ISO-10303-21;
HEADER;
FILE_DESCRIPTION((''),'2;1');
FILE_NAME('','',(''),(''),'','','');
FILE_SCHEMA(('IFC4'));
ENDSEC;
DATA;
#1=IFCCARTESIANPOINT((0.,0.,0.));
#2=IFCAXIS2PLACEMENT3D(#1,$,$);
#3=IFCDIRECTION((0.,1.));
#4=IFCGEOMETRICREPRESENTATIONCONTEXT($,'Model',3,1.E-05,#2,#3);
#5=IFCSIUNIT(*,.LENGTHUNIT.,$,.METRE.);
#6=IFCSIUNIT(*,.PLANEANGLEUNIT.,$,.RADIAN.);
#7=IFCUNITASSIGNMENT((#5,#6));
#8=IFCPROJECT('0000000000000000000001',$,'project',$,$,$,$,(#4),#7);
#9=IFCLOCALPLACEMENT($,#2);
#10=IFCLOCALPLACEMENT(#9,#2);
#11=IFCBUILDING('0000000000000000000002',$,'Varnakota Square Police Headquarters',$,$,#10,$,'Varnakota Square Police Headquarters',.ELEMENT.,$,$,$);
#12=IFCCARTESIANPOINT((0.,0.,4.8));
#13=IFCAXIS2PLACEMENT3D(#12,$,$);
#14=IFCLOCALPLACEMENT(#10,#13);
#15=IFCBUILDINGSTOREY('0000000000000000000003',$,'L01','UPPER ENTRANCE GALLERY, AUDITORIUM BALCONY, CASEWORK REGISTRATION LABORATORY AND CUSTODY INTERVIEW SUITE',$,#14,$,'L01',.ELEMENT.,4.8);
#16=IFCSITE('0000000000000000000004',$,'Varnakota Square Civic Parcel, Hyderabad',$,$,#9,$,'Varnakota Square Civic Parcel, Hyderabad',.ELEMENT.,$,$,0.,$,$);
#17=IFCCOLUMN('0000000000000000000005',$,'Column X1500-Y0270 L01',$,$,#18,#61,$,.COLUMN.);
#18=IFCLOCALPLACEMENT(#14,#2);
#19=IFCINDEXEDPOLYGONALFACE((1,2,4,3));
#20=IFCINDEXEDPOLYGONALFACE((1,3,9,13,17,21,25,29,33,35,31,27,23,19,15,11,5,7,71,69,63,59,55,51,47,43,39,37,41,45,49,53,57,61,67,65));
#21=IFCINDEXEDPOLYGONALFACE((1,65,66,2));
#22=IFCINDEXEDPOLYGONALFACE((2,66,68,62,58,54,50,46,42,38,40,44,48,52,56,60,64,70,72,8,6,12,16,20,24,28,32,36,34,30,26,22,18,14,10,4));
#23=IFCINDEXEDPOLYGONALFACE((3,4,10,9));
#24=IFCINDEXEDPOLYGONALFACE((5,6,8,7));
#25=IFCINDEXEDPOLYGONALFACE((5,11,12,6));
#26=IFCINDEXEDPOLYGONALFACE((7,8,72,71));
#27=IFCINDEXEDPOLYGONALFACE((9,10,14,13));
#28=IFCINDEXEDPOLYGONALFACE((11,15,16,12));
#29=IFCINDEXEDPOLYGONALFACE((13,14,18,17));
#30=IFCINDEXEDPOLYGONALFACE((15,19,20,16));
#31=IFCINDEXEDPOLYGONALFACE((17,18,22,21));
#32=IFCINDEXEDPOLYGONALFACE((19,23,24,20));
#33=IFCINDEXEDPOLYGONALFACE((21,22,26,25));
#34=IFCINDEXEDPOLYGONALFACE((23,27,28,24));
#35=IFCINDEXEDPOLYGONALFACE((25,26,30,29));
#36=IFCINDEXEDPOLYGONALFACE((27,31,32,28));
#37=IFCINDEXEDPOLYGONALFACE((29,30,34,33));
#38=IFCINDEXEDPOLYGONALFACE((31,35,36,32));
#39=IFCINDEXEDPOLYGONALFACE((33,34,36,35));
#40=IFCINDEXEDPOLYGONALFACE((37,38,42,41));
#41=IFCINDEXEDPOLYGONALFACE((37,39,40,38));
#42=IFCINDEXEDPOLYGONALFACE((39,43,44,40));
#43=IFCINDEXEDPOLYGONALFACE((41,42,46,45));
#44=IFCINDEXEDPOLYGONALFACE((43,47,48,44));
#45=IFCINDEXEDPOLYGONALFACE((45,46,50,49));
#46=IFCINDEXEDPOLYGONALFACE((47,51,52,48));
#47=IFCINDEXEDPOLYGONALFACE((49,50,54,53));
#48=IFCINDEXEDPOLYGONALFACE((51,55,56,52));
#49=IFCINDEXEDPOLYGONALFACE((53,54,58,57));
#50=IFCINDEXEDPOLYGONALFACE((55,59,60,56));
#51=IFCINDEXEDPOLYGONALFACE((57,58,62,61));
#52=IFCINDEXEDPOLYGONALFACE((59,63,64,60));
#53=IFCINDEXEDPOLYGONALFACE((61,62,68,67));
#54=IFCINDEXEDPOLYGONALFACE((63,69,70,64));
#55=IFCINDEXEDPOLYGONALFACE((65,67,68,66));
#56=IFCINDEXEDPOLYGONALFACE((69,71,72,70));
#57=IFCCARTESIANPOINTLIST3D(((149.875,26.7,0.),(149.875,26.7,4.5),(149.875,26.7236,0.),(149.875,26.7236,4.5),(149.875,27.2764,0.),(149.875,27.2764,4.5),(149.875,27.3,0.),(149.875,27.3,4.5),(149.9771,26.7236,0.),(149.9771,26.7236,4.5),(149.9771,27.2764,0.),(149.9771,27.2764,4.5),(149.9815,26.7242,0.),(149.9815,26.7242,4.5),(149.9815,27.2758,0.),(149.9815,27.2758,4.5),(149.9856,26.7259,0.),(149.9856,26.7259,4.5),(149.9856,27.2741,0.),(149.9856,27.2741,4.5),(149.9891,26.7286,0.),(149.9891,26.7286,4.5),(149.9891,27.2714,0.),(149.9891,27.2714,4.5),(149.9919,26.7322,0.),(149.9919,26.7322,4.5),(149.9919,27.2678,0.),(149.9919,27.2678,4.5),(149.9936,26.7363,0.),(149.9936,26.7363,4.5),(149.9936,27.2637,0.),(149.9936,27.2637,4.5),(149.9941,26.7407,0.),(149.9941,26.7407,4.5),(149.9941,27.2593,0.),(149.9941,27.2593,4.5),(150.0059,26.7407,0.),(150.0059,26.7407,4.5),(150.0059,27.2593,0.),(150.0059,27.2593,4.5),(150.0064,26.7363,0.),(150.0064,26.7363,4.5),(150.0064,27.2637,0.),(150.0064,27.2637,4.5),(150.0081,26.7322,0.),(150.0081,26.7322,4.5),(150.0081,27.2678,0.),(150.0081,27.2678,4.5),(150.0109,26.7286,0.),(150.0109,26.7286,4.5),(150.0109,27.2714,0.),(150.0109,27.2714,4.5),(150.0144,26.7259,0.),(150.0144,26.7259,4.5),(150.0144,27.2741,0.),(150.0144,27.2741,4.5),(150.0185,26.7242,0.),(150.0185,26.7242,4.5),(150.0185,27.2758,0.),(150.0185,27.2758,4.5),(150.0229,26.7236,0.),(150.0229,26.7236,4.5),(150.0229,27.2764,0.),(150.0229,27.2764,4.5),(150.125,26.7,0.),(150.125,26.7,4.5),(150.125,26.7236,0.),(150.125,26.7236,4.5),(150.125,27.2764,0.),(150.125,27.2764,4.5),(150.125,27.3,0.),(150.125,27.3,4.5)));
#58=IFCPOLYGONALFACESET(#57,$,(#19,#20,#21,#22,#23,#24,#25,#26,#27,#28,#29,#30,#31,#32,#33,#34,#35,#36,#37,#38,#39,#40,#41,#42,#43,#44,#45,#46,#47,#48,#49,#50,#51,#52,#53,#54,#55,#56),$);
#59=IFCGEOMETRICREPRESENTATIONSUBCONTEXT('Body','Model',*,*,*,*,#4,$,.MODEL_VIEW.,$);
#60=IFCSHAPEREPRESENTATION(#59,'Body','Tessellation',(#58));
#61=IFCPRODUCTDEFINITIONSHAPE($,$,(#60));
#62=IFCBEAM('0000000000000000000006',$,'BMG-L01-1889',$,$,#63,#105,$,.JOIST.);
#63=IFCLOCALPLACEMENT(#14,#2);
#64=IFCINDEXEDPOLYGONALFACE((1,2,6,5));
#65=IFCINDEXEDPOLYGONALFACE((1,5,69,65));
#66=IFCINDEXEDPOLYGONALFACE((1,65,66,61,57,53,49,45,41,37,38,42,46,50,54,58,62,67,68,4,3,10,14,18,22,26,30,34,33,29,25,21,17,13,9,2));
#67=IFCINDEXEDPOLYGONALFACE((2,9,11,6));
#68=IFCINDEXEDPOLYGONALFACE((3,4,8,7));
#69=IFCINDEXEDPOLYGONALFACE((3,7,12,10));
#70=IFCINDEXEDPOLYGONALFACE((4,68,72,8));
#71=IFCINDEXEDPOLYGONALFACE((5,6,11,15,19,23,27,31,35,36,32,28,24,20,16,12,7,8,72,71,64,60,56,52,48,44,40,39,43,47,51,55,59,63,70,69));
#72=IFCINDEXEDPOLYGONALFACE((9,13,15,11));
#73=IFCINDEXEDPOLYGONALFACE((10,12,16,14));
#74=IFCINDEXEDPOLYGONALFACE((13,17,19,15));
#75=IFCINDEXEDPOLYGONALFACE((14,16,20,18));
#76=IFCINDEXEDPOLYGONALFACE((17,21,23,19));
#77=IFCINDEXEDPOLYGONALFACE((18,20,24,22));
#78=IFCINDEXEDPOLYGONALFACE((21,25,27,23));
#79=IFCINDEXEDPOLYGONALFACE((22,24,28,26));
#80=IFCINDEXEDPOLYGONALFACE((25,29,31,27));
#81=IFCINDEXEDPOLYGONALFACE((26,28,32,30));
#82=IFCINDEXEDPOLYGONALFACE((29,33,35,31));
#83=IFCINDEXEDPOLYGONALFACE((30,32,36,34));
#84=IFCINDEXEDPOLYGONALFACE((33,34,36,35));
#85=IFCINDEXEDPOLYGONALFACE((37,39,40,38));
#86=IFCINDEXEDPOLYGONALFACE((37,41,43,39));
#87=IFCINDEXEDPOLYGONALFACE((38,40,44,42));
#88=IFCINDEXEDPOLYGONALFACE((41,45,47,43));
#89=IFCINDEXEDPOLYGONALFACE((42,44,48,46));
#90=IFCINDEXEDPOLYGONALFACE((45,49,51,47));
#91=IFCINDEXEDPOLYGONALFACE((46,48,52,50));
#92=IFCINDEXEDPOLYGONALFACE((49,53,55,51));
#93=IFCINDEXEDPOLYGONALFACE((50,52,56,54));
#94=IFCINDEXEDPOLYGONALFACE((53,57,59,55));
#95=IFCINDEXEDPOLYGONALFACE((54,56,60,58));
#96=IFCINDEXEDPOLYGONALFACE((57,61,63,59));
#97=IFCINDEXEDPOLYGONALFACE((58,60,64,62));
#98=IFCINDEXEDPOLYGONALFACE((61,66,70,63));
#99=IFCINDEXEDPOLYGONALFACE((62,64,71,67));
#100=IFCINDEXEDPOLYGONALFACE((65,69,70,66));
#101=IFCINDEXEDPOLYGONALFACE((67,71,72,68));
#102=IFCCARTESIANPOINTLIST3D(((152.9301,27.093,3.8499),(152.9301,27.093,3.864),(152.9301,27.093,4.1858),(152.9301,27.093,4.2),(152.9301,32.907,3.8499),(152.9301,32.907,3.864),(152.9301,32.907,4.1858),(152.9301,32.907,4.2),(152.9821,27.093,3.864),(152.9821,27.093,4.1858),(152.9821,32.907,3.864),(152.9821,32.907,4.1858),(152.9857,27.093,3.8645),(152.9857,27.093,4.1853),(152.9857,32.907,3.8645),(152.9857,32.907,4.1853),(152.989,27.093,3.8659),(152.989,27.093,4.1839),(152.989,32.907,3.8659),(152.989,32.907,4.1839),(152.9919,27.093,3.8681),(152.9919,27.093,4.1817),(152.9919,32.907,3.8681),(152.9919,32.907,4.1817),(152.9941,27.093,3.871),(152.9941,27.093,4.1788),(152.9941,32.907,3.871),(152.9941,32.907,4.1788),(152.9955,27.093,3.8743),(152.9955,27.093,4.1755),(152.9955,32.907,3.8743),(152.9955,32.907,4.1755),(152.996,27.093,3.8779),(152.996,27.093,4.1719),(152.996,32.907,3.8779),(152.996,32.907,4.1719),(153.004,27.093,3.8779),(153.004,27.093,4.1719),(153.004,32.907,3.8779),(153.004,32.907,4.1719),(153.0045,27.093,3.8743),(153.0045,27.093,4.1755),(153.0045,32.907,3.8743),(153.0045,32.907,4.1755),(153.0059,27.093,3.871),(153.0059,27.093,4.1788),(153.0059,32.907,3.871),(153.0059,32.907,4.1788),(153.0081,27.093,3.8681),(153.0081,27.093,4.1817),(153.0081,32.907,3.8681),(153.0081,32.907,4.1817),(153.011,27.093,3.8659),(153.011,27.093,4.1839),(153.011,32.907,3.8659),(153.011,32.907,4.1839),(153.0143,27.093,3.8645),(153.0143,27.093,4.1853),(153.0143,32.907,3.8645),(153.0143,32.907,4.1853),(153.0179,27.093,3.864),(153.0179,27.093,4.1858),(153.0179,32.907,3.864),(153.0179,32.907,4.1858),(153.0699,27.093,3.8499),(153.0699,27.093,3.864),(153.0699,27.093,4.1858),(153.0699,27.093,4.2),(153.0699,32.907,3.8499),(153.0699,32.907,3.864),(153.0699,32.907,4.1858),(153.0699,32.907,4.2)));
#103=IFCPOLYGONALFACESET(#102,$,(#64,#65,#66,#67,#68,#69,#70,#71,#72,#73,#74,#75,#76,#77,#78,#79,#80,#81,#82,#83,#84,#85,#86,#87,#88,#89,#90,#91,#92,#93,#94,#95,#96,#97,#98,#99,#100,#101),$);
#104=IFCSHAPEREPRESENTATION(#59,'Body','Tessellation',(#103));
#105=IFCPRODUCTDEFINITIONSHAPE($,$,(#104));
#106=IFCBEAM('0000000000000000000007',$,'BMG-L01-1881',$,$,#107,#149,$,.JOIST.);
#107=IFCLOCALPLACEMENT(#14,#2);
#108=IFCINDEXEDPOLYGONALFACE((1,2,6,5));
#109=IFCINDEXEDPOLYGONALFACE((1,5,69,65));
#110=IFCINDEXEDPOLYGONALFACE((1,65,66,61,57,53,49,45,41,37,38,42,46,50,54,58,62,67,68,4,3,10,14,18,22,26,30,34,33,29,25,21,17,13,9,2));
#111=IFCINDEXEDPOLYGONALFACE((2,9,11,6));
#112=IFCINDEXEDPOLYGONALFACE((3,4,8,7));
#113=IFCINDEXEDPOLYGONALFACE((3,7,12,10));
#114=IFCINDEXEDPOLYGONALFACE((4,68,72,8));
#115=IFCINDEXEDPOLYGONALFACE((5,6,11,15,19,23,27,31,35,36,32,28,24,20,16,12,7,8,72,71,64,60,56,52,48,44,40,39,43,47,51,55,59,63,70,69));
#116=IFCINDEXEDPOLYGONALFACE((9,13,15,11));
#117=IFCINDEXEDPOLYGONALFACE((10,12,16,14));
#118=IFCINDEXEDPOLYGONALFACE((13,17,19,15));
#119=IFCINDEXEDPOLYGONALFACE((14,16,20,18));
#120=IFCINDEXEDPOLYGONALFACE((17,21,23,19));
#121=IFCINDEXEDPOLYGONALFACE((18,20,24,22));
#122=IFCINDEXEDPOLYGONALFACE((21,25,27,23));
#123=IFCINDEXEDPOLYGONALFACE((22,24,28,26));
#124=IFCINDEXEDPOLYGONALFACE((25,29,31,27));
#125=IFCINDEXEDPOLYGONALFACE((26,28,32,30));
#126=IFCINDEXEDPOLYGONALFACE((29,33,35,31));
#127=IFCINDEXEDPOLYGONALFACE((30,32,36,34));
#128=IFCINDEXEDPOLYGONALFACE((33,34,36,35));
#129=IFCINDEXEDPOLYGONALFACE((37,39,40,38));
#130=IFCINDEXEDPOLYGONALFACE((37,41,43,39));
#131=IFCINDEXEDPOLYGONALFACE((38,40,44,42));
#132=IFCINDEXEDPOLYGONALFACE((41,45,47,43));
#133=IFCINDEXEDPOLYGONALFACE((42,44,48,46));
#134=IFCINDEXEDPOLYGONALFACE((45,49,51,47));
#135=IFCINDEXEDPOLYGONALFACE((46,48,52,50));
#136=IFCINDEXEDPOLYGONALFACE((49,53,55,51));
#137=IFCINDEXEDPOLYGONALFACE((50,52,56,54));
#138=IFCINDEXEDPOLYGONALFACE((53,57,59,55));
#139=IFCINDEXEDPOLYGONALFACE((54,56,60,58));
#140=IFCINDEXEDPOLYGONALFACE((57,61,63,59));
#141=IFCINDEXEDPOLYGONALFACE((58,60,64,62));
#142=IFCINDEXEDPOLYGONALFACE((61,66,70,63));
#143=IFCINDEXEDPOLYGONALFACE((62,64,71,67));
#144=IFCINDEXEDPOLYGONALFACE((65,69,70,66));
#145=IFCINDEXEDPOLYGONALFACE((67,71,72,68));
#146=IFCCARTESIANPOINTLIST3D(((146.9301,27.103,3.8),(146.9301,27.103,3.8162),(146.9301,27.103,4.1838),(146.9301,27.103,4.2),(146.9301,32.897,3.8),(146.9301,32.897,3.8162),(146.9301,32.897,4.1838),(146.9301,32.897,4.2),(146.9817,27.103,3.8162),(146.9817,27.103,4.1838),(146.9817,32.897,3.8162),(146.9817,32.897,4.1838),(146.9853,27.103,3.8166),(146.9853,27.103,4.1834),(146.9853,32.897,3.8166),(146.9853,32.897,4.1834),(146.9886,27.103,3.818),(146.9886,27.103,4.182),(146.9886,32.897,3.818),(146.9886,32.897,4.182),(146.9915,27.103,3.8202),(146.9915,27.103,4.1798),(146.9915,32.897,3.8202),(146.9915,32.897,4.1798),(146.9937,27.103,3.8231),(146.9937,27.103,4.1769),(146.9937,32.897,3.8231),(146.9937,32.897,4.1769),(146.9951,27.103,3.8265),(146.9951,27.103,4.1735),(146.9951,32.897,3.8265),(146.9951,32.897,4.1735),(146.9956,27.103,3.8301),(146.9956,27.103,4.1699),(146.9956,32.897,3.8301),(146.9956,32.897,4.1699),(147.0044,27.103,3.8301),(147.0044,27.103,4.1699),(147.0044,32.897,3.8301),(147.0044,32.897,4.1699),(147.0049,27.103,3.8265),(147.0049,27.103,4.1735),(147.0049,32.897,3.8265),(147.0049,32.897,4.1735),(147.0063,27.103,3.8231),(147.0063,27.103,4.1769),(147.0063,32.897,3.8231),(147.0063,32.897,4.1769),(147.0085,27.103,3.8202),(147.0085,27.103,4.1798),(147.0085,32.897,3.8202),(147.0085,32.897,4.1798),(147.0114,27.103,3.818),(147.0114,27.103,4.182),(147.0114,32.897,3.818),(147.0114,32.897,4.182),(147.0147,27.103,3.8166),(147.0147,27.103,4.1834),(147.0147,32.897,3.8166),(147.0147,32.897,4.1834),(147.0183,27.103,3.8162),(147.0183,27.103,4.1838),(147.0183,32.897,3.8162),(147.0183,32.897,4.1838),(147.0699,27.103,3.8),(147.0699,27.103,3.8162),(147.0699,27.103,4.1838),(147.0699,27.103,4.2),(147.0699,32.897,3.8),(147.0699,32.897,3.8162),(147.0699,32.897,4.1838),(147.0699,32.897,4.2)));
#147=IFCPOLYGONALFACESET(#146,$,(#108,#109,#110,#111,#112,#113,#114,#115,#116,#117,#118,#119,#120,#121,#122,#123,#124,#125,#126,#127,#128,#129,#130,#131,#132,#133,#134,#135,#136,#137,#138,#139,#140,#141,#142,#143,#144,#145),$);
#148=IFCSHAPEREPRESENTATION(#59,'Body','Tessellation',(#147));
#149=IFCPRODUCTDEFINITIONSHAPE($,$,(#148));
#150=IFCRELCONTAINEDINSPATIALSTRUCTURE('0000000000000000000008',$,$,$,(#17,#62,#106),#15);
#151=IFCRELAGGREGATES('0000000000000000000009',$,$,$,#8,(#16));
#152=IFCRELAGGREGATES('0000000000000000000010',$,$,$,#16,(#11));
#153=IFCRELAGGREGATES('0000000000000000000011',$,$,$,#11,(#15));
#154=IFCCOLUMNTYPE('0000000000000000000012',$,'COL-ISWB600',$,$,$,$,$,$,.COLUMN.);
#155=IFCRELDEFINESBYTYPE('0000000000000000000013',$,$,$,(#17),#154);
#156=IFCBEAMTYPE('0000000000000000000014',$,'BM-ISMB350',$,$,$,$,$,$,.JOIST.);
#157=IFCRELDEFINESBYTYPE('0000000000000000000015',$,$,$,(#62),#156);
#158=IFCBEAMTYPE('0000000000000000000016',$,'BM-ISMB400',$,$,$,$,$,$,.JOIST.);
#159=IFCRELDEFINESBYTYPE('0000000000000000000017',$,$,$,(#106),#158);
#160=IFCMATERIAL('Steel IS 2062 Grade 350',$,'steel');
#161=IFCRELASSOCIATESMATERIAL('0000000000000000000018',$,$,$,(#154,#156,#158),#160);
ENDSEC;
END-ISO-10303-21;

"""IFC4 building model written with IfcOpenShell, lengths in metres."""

from ifc_helpers import new_model, si_unit, direction, frame, origin, origin_2d, place, context, subcontext, project, spatial, i_section, extrude, material, material_profile, profile_set, type_object, element, save


model = new_model("IFC4")

# Units and contexts
model_context = context("Model", 3, precision=1e-05, world=origin(), true_north=direction((0.0, 1.0)))
body_context = subcontext(model_context, "Body", "Model", "MODEL_VIEW")
ifc_project = project(units=[si_unit("LENGTHUNIT", "METRE"), si_unit("PLANEANGLEUNIT", "RADIAN")], contexts=[model_context])

# Site, building, storey
site_placement = place(None, origin())
site = spatial("IfcSite", under=ifc_project, at=site_placement, Name="Varnakota Square Civic Parcel, Hyderabad", LongName="Varnakota Square Civic Parcel, Hyderabad", CompositionType="ELEMENT", RefElevation=0.0)
building_placement = place(site_placement, origin())
building = spatial("IfcBuilding", under=site, at=building_placement, Name="Varnakota Square Police Headquarters", LongName="Varnakota Square Police Headquarters", CompositionType="ELEMENT")
storey_placement = place(building_placement, frame((0.0, 0.0, 4.8)))
storey = spatial("IfcBuildingStorey", under=building, at=storey_placement, Name="L01", Description="UPPER ENTRANCE GALLERY, AUDITORIUM BALCONY, CASEWORK REGISTRATION LABORATORY AND CUSTODY INTERVIEW SUITE", LongName="L01", CompositionType="ELEMENT", Elevation=4.8)

# Column
ifc_material_1 = material(Name="Steel IS 2062 Grade 350", Category="steel")
ifc_material_profile_1 = material_profile(ifc_material_1, i_section(OverallWidth=0.25, OverallDepth=0.6001, WebThickness=0.0117, FlangeThickness=0.0237, FilletRadius=0.0171, at=origin_2d()), Name="ISWB 600")
ifc_profile_set_1 = profile_set([ifc_material_profile_1], Name="Steel IS 2062 Grade 350")
column_type_1 = type_object("IfcColumnType", Name="COL-ISWB600", PredefinedType="COLUMN", material=ifc_profile_set_1)
for number, where, z_axis, x_axis, name in (
    (1, (150.0, 27.0, 0.0), (0.0, 0.0, 1.0), (1.0, 0.0, 0.0), "Column X1500-Y0270 L01"),
):
    element("IfcColumn", number, at=place(storey_placement, frame(where, z_axis=z_axis, x_axis=x_axis)), inside=storey, type_object=column_type_1, Name=name, PredefinedType="COLUMN", context=body_context, shape_type="SweptSolid", body=[
        extrude(i_section(OverallWidth=0.25, OverallDepth=0.6001, WebThickness=0.0117, FlangeThickness=0.0237, FilletRadius=0.0171, at=origin_2d()), origin(), (0.0, 0.0, 1.0), 4.5),
    ])

# Beams
ifc_material_profile_2 = material_profile(ifc_material_1, i_section(OverallWidth=0.1399, OverallDepth=0.3501, WebThickness=0.0081, FlangeThickness=0.0142, FilletRadius=0.0139, at=origin_2d()), Name="ISMB 350")
ifc_profile_set_2 = profile_set([ifc_material_profile_2], Name="Steel IS 2062 Grade 350")
beam_type_1 = type_object("IfcBeamType", Name="BM-ISMB350", PredefinedType="JOIST", material=ifc_profile_set_2)
beam_1_placement = place(storey_placement, frame((153.0, 27.093, 4.0249), z_axis=(0.0, 1.0, 0.0), x_axis=(-1.0, 0.0, 0.0)))
element("IfcBeam", 2, at=beam_1_placement, inside=storey, type_object=beam_type_1, Name="BMG-L01-1889", PredefinedType="JOIST", context=body_context, shape_type="SweptSolid", body=[
    extrude(i_section(OverallWidth=0.1399, OverallDepth=0.3501, WebThickness=0.0081, FlangeThickness=0.0142, FilletRadius=0.0139, at=origin_2d()), origin(), (0.0, 0.0, 1.0), 5.814),
])
ifc_material_profile_3 = material_profile(ifc_material_1, i_section(OverallWidth=0.1399, OverallDepth=0.3999, WebThickness=0.0088, FlangeThickness=0.0161, FilletRadius=0.0139, at=origin_2d()), Name="ISMB 400")
ifc_profile_set_3 = profile_set([ifc_material_profile_3], Name="Steel IS 2062 Grade 350")
beam_type_2 = type_object("IfcBeamType", Name="BM-ISMB400", PredefinedType="JOIST", material=ifc_profile_set_3)
beam_2_placement = place(storey_placement, frame((147.0, 27.103, 4.0), z_axis=(0.0, 1.0, 0.0), x_axis=(-1.0, 0.0, 0.0)))
element("IfcBeam", 3, at=beam_2_placement, inside=storey, type_object=beam_type_2, Name="BMG-L01-1881", PredefinedType="JOIST", context=body_context, shape_type="SweptSolid", body=[
    extrude(i_section(OverallWidth=0.1399, OverallDepth=0.3999, WebThickness=0.0088, FlangeThickness=0.0161, FilletRadius=0.0139, at=origin_2d()), origin(), (0.0, 0.0, 1.0), 5.7939),
])

save(model, "model.ifc")
